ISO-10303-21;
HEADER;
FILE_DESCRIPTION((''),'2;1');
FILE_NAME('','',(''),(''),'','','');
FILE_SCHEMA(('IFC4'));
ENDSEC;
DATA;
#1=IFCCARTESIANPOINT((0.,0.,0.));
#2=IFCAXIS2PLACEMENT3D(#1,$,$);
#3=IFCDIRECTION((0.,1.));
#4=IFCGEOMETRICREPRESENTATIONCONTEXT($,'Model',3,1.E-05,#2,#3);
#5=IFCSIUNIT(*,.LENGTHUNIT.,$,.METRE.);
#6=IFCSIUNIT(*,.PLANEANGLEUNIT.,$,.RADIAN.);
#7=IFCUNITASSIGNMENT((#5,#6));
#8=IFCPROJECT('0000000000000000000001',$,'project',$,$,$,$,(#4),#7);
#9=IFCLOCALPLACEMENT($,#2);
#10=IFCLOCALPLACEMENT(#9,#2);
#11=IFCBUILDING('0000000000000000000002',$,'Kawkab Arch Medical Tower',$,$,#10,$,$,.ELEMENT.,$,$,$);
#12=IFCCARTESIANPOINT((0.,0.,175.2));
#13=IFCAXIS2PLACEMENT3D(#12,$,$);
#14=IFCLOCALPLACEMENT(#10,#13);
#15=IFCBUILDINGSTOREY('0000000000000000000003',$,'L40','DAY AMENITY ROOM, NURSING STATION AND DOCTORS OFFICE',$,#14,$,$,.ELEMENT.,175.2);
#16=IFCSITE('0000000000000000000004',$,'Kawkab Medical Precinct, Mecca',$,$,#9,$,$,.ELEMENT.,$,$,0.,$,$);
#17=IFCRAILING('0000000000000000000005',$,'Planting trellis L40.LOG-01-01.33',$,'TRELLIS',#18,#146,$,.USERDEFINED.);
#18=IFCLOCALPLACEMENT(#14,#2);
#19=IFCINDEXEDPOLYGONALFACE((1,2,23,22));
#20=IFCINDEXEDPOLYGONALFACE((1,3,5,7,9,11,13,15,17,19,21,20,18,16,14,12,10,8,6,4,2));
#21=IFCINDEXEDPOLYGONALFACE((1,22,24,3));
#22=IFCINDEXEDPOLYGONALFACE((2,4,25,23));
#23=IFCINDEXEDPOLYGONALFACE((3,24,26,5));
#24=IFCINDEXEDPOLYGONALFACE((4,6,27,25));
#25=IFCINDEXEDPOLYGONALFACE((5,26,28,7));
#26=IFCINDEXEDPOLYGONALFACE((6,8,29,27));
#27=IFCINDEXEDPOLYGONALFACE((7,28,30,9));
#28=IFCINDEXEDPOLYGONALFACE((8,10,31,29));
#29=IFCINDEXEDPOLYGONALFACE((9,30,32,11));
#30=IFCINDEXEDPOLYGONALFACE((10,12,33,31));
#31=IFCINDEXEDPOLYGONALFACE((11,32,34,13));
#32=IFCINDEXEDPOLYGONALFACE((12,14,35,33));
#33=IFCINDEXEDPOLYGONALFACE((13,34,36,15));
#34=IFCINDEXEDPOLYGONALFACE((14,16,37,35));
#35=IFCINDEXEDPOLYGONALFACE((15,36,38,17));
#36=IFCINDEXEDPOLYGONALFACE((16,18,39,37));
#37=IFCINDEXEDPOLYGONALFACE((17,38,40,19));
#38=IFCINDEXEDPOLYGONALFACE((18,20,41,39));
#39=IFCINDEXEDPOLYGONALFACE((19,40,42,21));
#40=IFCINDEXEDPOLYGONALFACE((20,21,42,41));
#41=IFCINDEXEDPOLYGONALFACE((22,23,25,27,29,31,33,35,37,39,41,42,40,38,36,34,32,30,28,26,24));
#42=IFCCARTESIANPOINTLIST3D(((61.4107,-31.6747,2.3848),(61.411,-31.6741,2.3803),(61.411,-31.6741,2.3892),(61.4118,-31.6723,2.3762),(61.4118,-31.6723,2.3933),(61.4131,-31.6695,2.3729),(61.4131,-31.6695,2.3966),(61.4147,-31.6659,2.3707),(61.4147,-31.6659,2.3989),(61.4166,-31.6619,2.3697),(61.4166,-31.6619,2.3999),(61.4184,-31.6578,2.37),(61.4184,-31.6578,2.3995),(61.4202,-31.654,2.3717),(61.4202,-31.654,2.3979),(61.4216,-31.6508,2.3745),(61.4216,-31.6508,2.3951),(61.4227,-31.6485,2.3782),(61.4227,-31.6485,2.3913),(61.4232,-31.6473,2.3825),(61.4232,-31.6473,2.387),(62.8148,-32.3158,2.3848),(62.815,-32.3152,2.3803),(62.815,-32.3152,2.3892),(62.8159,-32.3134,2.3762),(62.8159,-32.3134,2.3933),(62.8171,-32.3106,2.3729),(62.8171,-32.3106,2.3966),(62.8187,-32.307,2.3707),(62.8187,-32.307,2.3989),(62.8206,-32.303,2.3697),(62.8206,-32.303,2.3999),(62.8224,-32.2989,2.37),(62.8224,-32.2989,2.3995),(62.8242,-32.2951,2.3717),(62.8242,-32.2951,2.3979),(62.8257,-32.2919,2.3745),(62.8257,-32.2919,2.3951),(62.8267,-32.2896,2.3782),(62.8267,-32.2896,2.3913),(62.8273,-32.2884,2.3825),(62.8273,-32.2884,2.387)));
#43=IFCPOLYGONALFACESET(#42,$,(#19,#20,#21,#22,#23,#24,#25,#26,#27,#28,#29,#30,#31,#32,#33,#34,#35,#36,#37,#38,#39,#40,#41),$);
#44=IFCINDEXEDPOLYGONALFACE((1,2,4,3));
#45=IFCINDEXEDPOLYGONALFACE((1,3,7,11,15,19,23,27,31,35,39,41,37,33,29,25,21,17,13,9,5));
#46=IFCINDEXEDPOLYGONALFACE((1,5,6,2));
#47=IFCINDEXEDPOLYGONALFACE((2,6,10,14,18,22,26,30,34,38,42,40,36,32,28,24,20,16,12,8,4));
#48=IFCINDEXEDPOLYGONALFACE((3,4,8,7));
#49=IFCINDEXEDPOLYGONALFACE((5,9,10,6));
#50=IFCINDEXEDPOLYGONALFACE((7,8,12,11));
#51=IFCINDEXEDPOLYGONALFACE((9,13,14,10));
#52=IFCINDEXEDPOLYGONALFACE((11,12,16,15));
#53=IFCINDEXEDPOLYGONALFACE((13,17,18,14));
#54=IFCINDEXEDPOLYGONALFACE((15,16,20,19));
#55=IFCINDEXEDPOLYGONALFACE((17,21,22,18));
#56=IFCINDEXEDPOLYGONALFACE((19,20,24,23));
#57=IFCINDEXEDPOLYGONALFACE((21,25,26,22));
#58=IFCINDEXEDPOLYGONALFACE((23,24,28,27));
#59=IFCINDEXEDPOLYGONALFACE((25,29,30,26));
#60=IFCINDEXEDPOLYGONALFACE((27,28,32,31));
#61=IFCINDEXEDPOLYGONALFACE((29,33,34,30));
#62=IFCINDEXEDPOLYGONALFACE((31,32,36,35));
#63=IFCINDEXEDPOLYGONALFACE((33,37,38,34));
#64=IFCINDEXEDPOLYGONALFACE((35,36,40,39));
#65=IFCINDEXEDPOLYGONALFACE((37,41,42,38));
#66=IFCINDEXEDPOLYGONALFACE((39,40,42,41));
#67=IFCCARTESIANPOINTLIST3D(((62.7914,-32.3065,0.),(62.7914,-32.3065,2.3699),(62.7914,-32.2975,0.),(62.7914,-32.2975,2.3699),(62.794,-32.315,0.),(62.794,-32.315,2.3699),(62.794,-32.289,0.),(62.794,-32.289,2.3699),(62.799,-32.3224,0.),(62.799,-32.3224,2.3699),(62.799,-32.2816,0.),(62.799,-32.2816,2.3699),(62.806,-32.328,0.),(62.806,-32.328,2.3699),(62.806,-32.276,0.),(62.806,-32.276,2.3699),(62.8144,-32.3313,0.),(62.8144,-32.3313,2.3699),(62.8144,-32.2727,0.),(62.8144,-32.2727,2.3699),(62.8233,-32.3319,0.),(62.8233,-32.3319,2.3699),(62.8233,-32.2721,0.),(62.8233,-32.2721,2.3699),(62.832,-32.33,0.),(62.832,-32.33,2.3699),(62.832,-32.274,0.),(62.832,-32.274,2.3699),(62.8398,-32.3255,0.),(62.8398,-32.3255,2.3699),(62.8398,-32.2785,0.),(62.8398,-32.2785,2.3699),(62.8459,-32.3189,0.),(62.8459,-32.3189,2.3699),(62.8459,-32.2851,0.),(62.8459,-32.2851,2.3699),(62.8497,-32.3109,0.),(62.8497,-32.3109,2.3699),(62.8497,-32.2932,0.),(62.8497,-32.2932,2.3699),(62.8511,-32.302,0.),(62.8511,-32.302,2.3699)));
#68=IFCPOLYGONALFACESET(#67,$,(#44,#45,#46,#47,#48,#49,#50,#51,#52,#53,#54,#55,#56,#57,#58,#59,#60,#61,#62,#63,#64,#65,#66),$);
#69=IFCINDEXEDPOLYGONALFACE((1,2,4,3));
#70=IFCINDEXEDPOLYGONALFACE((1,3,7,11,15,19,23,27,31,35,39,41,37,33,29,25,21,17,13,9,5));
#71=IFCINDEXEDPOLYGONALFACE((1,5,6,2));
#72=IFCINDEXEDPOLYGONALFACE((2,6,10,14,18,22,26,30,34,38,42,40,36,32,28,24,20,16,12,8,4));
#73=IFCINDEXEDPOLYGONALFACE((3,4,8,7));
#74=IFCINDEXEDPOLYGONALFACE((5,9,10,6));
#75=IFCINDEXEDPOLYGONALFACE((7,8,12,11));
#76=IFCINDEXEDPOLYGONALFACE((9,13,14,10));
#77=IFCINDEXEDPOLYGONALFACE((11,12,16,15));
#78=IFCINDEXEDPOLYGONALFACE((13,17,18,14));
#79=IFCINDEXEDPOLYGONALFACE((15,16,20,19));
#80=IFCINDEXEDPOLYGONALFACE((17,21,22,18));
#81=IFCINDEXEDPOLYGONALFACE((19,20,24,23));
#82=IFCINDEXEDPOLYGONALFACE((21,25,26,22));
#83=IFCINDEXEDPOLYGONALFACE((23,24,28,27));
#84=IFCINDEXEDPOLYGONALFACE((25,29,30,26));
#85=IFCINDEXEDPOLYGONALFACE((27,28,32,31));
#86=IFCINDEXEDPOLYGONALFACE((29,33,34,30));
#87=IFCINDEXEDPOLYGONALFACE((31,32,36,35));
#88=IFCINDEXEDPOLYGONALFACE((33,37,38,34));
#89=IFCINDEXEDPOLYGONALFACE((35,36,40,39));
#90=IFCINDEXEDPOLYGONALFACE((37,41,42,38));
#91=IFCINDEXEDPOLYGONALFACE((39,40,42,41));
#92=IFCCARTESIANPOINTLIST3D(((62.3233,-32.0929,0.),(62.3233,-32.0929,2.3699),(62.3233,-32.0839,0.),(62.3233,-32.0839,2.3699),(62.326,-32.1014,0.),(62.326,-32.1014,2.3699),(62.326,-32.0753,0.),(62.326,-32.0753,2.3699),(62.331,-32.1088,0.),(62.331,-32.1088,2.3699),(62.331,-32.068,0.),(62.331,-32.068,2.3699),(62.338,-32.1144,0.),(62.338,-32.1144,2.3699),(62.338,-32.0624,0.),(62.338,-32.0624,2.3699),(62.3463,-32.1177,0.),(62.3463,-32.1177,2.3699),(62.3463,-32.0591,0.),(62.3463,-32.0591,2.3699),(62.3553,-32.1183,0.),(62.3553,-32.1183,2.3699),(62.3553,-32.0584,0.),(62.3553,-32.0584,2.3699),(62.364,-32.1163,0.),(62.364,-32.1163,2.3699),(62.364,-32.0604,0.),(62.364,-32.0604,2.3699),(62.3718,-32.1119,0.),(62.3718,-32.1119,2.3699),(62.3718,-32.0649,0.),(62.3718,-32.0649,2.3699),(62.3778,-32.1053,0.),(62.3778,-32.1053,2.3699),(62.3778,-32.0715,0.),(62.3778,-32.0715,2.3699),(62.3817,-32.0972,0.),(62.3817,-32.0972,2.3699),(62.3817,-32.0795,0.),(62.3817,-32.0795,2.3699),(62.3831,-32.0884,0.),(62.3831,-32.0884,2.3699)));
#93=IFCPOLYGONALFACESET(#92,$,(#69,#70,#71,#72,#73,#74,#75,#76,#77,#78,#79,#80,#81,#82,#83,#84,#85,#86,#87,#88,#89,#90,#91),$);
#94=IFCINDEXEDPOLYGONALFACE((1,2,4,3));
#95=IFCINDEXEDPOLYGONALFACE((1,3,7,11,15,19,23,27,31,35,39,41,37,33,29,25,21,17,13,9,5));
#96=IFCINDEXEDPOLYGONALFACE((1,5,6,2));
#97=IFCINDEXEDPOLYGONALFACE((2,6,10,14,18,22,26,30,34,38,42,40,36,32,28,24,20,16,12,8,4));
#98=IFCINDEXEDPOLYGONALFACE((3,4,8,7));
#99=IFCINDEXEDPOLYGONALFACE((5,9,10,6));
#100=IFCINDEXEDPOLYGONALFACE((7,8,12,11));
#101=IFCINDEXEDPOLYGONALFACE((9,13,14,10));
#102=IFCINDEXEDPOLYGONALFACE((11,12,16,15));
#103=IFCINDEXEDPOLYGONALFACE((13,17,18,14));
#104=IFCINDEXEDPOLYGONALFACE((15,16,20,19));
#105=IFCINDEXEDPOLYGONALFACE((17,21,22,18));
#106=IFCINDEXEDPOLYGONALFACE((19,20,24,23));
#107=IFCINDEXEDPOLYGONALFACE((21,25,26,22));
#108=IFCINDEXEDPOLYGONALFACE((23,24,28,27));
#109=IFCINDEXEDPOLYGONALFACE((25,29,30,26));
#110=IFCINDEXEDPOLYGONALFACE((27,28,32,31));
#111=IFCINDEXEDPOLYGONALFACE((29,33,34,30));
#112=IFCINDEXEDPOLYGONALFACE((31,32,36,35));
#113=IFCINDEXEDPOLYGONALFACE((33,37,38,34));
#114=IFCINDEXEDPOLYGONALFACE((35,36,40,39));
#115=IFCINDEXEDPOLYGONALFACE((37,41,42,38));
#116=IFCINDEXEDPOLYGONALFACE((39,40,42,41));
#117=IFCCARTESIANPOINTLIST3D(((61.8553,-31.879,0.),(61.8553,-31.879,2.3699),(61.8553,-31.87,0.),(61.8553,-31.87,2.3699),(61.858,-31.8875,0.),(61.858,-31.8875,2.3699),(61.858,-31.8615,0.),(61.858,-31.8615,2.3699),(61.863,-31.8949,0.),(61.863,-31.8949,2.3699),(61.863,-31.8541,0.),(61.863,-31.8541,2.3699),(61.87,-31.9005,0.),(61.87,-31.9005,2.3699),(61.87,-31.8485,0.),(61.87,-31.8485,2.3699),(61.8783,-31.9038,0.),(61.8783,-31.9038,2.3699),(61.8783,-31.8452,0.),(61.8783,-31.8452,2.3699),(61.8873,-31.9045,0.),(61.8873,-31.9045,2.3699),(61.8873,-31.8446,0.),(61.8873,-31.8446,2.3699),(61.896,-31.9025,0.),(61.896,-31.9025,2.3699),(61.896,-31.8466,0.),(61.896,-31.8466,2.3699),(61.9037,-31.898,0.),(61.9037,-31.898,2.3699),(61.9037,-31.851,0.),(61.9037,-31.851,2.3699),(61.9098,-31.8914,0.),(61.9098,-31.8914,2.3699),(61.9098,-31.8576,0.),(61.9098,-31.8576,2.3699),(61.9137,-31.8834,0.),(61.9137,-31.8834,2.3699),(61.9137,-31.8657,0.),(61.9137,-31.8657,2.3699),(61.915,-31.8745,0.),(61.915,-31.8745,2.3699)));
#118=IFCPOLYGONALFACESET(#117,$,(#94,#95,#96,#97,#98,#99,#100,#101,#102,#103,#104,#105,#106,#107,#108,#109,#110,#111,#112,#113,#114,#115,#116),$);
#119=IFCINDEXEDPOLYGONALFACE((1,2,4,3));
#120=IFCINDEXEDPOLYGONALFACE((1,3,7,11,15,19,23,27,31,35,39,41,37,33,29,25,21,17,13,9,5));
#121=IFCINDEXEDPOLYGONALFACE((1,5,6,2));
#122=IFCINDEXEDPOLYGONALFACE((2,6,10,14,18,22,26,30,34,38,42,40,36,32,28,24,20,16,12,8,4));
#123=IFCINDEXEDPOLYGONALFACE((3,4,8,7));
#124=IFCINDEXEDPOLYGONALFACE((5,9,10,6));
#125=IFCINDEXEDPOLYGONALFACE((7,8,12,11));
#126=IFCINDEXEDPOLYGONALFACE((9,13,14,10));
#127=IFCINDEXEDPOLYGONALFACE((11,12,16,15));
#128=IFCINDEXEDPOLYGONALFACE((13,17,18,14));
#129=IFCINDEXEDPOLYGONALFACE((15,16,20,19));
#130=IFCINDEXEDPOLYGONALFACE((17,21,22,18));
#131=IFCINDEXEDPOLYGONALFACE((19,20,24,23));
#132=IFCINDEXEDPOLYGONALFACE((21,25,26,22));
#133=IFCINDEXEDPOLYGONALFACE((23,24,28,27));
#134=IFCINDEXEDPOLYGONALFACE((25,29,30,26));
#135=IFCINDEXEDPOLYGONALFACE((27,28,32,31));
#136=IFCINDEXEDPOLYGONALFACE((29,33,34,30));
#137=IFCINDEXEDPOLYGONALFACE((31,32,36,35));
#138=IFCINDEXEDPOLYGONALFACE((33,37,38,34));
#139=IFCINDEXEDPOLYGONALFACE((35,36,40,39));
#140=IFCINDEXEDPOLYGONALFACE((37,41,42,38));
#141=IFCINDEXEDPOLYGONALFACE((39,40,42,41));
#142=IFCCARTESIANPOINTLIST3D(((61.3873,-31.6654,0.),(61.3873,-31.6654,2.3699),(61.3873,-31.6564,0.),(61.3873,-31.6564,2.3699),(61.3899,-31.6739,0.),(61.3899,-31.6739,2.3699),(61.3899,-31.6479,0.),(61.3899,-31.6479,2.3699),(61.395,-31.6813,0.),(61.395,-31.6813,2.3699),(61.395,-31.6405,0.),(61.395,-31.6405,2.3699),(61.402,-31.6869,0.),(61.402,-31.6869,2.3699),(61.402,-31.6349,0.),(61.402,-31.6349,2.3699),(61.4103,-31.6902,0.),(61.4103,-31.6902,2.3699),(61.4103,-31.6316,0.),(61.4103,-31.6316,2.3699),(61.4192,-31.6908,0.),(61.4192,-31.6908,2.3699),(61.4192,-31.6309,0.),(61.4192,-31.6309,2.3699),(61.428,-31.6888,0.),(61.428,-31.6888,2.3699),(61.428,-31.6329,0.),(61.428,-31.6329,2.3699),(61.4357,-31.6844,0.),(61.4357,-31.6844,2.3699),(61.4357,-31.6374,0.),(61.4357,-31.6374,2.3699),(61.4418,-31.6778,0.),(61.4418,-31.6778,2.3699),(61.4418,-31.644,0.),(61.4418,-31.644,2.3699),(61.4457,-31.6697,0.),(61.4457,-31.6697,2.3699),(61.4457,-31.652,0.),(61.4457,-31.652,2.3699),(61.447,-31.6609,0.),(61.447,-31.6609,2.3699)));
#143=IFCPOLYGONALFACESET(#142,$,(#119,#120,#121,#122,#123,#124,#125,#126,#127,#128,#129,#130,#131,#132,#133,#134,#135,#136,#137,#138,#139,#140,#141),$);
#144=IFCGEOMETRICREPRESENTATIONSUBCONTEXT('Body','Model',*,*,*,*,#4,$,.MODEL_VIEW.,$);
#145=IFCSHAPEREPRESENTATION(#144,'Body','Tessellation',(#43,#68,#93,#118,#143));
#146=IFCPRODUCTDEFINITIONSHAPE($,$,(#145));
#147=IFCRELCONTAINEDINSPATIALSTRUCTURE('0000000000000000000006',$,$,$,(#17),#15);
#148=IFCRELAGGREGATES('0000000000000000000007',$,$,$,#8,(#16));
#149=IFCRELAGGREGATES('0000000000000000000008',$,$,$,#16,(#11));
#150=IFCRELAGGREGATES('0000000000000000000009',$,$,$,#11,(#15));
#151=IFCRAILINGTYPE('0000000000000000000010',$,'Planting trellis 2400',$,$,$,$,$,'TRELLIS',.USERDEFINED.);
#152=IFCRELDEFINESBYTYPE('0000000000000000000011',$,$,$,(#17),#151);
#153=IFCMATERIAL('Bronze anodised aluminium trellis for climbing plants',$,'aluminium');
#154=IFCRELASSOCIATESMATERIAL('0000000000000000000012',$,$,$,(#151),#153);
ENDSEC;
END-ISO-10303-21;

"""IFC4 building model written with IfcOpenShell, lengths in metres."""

from ifc_helpers import new_model, si_unit, direction, frame, origin, origin_2d, place, context, subcontext, project, spatial, circle, extrude, material, type_object, element, save


model = new_model("IFC4")

# Units and contexts
model_context = context("Model", 3, precision=1e-05, world=origin(), true_north=direction((0.0, 1.0)))
body_context = subcontext(model_context, "Body", "Model", "MODEL_VIEW")
ifc_project = project(units=[si_unit("LENGTHUNIT", "METRE"), si_unit("PLANEANGLEUNIT", "RADIAN")], contexts=[model_context])

# Site, building, storey
site_placement = place(None, origin())
site = spatial("IfcSite", under=ifc_project, at=site_placement, Name="Kawkab Medical Precinct, Mecca", CompositionType="ELEMENT", RefElevation=0.0)
building_placement = place(site_placement, origin())
building = spatial("IfcBuilding", under=site, at=building_placement, Name="Kawkab Arch Medical Tower", CompositionType="ELEMENT")
storey_placement = place(building_placement, frame((0.0, 0.0, 175.2)))
storey = spatial("IfcBuildingStorey", under=building, at=storey_placement, Name="L40", Description="DAY AMENITY ROOM, NURSING STATION AND DOCTORS OFFICE", CompositionType="ELEMENT", Elevation=175.2)

# Railing
ifc_material_1 = material(Name="Bronze anodised aluminium trellis for climbing plants", Category="aluminium")
railing_type = type_object("IfcRailingType", Name="Planting trellis 2400", ElementType="TRELLIS", PredefinedType="USERDEFINED", material=ifc_material_1)
railing_1_placement = place(storey_placement, frame((62.821, -32.302, 0.0)))
element("IfcRailing", 1, at=railing_1_placement, inside=storey, type_object=railing_type, Name="Planting trellis L40.LOG-01-01.33", ObjectType="TRELLIS", PredefinedType="USERDEFINED", context=body_context, shape_type="SweptSolid", body=[
    extrude(circle(Radius=0.0151, at=origin_2d()), frame((0.0, 0.0, 2.3848), z_axis=(-0.909656, 0.415363, 0.0), x_axis=(-0.415363, -0.909656, 0.0)), (0.0, 0.0, 1.0), 1.5435),
    extrude(circle(Radius=0.03, at=origin_2d()), origin(), (0.0, 0.0, 1.0), 2.3699),
    extrude(circle(Radius=0.03, at=origin_2d()), frame((-0.468, 0.2136, 0.0)), (0.0, 0.0, 1.0), 2.3699),
    extrude(circle(Radius=0.03, at=origin_2d()), frame((-0.936, 0.4275, 0.0)), (0.0, 0.0, 1.0), 2.3699),
    extrude(circle(Radius=0.03, at=origin_2d()), frame((-1.4041, 0.6411, 0.0)), (0.0, 0.0, 1.0), 2.3699),
])

save(model, "model.ifc")
